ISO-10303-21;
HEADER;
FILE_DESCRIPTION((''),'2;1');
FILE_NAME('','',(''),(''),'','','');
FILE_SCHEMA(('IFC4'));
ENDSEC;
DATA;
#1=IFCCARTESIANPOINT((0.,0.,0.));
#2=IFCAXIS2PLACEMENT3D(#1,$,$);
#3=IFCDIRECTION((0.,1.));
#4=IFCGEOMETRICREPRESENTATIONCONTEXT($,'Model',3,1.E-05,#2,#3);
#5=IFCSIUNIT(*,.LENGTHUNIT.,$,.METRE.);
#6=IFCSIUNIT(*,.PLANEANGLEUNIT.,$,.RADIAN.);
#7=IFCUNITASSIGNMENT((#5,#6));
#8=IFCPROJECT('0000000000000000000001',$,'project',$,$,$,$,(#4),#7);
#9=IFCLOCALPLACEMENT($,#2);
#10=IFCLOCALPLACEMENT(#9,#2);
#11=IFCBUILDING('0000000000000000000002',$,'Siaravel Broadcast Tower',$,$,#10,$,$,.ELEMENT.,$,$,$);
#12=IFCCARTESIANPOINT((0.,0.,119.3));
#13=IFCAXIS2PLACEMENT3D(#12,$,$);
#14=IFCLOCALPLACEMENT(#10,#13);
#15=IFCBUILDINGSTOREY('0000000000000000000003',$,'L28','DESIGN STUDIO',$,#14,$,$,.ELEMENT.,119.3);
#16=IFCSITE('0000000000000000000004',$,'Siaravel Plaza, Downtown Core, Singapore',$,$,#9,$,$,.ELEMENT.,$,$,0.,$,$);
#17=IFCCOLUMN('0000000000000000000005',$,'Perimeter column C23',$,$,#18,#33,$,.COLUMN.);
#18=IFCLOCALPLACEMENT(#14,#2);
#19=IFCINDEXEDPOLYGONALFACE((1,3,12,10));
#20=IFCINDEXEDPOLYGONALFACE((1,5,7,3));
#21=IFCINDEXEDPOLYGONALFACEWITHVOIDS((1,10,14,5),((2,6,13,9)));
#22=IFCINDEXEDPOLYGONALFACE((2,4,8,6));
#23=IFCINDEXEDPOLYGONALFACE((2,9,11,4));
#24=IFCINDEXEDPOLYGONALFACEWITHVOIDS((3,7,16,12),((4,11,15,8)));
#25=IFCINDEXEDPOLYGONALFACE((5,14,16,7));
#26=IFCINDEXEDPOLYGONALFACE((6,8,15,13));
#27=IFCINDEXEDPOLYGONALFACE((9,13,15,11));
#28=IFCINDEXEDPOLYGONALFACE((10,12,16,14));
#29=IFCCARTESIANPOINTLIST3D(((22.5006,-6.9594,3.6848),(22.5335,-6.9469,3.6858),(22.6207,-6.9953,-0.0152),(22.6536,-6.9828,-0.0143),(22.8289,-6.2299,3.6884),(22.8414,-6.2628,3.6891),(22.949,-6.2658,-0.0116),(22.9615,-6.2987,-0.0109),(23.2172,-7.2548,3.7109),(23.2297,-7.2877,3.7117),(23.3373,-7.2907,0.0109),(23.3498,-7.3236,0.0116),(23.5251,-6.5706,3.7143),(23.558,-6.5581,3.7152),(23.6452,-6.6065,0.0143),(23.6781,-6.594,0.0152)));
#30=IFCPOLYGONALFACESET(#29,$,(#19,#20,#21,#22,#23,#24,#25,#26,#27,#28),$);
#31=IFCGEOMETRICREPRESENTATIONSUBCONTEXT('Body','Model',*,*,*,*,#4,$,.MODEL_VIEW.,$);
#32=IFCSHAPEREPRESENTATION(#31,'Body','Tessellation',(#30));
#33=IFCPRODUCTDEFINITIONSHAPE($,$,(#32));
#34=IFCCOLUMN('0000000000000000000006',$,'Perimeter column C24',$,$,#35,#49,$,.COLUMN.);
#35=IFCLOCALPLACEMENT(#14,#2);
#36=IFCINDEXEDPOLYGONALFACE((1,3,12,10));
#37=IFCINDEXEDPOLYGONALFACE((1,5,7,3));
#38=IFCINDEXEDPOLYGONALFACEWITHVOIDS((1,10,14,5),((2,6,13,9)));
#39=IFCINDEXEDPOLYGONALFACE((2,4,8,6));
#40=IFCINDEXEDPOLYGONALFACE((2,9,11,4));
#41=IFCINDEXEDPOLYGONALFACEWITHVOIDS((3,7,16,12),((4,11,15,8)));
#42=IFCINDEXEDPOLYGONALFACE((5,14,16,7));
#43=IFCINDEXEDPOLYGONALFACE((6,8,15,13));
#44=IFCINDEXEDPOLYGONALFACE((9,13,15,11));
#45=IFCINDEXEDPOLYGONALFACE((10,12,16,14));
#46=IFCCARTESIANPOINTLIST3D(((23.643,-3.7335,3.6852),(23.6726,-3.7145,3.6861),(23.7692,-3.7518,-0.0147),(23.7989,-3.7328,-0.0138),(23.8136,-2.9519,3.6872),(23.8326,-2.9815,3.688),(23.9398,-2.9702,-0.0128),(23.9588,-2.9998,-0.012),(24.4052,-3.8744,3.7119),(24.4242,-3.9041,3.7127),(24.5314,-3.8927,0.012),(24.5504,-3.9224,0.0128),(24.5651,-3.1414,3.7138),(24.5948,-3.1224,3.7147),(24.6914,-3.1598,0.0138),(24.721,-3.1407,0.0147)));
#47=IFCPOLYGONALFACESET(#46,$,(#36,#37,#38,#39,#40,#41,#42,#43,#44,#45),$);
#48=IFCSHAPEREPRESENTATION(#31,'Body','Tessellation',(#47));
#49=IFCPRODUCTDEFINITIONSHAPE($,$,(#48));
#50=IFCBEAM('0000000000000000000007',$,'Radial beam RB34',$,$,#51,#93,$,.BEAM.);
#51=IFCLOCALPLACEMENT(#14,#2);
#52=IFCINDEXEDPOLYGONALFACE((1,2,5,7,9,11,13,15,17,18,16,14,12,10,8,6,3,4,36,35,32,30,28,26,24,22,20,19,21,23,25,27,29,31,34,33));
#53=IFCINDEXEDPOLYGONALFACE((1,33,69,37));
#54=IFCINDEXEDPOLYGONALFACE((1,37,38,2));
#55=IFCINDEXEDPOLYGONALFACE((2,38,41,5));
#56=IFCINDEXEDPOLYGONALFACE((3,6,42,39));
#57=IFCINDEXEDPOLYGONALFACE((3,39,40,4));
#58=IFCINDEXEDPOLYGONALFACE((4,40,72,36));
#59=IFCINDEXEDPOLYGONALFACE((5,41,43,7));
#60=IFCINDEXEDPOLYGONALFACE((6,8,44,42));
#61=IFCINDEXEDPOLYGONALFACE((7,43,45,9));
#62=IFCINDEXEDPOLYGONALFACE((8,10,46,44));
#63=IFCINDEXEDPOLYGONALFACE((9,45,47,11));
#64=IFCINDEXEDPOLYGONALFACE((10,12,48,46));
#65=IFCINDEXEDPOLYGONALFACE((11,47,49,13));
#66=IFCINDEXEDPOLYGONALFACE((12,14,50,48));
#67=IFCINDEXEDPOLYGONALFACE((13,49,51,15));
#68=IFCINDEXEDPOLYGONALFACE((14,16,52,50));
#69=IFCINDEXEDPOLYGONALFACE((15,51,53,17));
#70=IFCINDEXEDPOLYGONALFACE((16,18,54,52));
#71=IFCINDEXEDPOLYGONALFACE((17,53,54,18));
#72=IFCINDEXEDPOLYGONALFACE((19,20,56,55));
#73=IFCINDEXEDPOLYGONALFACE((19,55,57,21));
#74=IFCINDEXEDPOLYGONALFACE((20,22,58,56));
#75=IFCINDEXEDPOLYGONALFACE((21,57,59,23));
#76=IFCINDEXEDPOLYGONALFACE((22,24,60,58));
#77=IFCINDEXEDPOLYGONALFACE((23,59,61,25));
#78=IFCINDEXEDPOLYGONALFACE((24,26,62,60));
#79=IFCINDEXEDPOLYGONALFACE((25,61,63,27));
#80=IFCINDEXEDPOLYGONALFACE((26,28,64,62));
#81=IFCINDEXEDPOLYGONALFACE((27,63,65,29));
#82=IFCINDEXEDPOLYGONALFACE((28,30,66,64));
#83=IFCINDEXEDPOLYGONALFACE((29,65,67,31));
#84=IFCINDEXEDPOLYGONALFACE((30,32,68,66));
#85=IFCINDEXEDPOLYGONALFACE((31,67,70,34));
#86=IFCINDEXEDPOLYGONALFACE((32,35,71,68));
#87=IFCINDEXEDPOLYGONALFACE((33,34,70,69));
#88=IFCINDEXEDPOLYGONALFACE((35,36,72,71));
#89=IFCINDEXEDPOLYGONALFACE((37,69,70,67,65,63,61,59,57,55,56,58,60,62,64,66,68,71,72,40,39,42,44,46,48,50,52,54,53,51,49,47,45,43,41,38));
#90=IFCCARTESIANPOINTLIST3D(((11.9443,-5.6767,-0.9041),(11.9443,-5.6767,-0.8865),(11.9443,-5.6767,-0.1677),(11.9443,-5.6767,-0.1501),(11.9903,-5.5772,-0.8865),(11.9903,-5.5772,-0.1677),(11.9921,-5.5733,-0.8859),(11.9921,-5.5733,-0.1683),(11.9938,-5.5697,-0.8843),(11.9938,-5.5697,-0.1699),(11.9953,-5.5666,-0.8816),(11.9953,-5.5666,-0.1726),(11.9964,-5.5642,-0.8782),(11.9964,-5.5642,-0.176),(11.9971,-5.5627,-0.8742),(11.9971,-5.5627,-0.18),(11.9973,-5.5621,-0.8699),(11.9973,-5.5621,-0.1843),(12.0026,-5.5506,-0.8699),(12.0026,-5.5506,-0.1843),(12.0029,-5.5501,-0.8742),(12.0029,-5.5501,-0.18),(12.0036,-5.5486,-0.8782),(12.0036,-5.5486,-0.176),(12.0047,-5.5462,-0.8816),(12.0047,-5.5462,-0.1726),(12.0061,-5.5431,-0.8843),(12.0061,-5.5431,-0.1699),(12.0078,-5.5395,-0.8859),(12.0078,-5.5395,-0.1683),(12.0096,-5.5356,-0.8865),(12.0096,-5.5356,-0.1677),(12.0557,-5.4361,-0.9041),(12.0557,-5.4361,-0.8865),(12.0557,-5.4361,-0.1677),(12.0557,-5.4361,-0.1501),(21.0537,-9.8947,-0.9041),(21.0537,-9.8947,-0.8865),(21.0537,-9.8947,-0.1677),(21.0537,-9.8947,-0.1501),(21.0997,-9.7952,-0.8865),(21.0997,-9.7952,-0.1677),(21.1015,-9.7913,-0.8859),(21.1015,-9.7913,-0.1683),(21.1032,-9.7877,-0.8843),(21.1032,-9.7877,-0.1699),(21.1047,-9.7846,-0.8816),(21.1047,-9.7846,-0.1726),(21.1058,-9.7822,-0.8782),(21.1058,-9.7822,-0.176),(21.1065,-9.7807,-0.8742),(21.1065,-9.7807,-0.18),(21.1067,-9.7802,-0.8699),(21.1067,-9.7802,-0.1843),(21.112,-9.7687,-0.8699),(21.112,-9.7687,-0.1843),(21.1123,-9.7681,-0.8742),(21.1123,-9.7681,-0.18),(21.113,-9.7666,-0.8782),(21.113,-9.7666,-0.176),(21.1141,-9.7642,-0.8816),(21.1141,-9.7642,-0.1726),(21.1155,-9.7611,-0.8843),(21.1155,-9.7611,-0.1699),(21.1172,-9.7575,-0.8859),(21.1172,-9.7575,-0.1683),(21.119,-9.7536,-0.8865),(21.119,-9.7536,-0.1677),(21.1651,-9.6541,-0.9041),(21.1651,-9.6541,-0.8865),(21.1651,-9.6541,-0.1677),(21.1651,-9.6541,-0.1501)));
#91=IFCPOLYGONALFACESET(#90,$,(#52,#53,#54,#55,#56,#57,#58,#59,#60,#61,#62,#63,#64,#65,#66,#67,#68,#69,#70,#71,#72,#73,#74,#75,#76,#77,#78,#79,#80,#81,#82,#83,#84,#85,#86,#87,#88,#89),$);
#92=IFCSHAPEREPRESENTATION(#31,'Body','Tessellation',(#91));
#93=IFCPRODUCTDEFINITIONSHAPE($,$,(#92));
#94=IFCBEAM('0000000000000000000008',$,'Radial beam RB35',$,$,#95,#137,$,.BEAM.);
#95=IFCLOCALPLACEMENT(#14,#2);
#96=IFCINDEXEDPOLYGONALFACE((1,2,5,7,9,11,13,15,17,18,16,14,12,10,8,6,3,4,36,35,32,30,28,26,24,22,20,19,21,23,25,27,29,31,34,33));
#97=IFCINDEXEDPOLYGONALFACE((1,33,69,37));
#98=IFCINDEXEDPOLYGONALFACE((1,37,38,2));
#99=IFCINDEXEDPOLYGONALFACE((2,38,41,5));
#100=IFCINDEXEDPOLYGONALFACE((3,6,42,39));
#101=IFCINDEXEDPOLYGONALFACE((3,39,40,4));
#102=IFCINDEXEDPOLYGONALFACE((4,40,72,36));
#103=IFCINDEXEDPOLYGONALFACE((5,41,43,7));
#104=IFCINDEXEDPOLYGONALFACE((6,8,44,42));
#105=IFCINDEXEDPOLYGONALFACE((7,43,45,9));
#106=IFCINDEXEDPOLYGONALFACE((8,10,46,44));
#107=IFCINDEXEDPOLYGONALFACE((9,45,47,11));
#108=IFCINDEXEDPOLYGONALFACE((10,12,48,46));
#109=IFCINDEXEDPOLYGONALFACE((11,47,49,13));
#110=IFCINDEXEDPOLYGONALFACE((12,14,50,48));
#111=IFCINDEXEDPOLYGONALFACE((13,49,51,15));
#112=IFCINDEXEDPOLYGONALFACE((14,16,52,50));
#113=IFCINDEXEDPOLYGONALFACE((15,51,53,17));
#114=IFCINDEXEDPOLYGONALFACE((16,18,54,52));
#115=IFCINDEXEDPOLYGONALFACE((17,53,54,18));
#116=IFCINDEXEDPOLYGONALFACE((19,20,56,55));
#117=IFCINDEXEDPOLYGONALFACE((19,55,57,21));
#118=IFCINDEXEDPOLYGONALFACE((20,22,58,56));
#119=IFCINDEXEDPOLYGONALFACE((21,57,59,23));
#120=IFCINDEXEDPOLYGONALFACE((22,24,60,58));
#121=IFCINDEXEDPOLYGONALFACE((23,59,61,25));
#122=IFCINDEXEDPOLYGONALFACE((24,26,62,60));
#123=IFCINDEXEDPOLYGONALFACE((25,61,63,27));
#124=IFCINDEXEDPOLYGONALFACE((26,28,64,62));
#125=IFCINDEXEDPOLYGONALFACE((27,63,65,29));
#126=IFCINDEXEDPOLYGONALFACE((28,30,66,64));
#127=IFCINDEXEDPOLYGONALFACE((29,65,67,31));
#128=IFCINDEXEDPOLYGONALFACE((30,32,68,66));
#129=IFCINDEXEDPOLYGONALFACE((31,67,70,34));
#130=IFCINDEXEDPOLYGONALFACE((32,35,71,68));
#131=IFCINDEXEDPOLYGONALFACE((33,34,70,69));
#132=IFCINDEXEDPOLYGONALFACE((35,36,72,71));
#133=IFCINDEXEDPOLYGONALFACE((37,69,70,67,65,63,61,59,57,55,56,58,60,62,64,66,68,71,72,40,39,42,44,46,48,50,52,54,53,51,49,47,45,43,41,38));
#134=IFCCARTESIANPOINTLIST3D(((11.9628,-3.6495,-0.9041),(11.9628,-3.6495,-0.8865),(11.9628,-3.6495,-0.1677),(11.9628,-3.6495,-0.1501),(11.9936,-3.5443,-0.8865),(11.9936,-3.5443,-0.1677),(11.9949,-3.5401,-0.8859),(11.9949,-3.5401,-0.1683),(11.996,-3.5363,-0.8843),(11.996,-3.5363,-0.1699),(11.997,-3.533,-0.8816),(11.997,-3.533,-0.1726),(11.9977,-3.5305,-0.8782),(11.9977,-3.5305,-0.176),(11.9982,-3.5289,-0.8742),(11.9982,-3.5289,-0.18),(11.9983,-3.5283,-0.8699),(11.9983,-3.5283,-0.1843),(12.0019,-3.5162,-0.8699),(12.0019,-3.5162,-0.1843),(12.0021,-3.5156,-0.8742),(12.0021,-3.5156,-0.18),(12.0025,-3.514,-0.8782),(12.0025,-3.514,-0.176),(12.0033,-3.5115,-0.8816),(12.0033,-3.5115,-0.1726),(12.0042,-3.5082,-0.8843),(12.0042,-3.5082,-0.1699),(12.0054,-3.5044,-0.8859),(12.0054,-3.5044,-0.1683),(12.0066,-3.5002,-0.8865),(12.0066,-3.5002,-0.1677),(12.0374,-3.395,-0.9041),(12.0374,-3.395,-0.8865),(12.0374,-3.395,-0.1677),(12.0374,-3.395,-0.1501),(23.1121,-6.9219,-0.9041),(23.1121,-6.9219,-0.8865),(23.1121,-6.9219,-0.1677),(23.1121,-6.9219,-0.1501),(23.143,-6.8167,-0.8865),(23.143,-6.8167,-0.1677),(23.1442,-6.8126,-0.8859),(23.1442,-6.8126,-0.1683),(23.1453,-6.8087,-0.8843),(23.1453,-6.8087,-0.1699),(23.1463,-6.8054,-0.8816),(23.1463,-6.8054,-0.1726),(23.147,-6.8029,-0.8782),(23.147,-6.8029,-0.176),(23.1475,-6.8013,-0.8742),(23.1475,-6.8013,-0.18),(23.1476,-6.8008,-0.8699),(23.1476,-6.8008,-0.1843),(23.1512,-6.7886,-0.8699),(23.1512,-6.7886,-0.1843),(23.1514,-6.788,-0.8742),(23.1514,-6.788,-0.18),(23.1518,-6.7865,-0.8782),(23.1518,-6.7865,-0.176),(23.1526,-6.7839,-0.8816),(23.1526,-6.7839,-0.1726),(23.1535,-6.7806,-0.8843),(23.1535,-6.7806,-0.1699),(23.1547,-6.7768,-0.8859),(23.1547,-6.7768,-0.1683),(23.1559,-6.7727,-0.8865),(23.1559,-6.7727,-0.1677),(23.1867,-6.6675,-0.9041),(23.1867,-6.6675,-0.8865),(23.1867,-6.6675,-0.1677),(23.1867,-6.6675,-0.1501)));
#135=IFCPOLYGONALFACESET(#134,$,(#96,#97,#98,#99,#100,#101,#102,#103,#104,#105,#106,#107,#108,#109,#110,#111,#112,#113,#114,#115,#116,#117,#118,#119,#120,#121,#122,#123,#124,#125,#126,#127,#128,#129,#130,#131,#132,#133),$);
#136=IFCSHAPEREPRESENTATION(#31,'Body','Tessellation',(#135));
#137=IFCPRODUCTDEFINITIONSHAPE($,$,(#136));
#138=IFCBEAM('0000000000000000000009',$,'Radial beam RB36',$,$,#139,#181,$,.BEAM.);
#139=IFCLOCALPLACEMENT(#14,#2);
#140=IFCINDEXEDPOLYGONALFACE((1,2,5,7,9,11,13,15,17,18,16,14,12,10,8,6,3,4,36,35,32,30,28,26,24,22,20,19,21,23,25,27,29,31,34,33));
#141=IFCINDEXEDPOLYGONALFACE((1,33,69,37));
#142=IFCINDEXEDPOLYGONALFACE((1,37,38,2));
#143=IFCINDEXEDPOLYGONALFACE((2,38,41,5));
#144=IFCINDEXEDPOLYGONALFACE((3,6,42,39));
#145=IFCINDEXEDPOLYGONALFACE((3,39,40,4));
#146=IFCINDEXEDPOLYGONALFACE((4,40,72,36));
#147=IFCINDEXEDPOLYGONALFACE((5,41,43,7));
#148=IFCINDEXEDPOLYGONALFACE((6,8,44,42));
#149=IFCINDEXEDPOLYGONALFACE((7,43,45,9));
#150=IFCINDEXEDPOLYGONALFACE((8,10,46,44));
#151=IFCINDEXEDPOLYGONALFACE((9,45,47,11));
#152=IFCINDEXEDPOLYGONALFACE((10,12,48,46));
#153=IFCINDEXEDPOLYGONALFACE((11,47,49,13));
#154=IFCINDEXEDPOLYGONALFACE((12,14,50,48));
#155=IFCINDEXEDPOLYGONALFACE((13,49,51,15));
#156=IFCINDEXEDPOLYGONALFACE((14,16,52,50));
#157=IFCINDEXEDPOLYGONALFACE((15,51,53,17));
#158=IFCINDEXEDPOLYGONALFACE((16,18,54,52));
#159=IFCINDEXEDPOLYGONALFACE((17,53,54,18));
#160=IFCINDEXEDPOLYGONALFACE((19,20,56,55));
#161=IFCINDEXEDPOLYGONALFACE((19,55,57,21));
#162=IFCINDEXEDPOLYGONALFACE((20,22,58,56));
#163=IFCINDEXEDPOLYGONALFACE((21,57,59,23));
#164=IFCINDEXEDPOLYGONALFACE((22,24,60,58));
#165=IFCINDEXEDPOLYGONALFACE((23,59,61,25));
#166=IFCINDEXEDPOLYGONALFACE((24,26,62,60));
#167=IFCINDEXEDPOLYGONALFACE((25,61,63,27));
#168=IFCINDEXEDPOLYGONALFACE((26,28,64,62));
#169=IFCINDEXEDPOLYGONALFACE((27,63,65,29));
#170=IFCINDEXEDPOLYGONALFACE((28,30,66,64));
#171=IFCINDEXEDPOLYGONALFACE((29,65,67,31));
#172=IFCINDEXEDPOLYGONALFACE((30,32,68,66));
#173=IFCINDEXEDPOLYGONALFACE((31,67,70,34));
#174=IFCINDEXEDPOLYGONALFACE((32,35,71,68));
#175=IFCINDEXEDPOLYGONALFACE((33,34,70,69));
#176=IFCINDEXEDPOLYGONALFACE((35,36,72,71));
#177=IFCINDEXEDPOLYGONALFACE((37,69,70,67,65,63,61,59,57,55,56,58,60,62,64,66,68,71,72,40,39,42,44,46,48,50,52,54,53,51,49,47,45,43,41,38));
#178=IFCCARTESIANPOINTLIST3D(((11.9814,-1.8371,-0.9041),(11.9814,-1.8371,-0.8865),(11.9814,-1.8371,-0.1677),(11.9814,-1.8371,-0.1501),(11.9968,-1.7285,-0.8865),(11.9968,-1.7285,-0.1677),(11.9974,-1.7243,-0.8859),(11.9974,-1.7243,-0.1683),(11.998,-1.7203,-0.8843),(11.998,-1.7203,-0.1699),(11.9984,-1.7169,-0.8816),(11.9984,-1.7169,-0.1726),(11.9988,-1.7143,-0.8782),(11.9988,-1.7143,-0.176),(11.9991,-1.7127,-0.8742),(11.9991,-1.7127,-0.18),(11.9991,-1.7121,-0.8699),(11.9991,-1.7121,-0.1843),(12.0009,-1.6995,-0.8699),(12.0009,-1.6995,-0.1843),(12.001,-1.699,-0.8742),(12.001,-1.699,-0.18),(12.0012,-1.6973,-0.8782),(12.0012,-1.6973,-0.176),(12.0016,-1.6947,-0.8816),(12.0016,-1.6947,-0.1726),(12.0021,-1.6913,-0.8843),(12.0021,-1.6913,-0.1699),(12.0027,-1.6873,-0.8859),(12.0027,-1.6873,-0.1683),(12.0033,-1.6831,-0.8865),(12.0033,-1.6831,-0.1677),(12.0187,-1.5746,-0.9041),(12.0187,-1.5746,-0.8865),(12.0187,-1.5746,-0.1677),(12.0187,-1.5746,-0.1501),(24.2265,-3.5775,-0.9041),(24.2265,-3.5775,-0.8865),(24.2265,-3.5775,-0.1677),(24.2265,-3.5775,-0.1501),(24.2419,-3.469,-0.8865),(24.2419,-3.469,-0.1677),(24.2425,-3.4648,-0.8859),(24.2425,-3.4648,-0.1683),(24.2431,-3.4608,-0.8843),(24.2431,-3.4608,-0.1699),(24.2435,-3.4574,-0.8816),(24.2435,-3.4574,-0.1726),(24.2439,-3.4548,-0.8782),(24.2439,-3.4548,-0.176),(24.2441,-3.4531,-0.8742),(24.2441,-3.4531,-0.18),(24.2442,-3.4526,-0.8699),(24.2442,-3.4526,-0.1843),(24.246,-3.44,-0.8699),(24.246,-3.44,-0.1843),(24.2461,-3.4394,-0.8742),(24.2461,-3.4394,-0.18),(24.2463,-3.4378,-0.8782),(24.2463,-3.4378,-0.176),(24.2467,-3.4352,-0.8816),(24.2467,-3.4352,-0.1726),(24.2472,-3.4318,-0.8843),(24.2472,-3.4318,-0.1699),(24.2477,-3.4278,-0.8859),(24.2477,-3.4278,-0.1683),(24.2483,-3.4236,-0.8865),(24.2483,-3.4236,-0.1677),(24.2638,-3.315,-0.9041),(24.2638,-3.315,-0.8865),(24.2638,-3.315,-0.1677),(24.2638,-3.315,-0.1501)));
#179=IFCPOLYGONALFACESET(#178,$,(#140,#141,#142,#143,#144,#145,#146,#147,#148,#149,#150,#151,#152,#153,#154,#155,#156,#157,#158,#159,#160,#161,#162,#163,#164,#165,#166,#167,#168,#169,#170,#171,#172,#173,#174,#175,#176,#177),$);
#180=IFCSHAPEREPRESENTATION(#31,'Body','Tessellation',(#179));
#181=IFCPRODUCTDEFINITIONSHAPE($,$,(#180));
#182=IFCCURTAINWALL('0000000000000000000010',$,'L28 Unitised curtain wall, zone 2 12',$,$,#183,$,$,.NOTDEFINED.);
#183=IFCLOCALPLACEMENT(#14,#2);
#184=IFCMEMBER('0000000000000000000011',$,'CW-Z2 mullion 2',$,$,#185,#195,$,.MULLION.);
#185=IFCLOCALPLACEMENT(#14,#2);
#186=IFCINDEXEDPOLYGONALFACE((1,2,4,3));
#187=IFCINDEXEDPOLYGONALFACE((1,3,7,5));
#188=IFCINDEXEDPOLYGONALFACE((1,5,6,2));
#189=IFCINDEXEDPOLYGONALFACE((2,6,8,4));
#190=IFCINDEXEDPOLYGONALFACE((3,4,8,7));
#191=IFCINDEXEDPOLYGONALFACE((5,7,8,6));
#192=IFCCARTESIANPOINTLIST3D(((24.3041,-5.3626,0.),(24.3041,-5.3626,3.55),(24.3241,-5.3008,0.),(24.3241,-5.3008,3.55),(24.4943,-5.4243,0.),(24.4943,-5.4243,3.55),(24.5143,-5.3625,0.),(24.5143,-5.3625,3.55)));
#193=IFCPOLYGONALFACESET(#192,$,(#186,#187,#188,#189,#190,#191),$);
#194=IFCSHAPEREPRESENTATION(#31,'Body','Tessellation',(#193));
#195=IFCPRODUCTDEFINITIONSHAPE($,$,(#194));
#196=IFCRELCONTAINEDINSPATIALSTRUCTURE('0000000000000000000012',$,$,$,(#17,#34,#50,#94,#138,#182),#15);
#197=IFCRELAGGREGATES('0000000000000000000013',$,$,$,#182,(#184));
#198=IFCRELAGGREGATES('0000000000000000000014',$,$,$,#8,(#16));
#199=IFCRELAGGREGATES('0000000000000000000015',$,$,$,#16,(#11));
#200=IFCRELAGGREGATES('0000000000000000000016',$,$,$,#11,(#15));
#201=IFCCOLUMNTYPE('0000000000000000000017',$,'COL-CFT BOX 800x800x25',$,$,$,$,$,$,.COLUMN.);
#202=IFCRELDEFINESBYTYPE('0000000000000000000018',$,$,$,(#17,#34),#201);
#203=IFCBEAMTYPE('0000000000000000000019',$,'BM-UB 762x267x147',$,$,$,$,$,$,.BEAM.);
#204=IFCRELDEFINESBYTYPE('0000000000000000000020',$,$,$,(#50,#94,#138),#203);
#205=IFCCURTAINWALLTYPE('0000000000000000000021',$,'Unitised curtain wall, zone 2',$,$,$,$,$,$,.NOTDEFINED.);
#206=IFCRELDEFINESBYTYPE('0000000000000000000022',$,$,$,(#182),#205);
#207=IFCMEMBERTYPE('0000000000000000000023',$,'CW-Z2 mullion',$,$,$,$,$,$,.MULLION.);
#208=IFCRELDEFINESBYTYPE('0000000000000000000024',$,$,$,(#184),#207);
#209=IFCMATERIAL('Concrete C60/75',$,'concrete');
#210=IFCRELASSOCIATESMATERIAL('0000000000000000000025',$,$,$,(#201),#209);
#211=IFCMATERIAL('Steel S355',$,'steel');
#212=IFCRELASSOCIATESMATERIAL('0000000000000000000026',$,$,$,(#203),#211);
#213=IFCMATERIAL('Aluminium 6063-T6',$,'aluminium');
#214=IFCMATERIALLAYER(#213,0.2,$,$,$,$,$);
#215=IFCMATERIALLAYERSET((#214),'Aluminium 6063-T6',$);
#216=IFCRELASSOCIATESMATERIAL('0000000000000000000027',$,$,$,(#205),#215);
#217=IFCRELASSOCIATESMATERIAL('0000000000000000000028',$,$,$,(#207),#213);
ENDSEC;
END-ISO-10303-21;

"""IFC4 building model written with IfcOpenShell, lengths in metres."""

from ifc_helpers import new_model, si_unit, direction, frame, origin, origin_2d, place, context, subcontext, project, spatial, rectangle, hollow_rectangle, i_section, extrude, material, layer, layer_set, material_profile, profile_set, type_object, element, aggregate, save


model = new_model("IFC4")

# Units and contexts
model_context = context("Model", 3, precision=1e-05, world=origin(), true_north=direction((0.0, 1.0)))
body_context = subcontext(model_context, "Body", "Model", "MODEL_VIEW")
ifc_project = project(units=[si_unit("LENGTHUNIT", "METRE"), si_unit("PLANEANGLEUNIT", "RADIAN")], contexts=[model_context])

# Site, building, storey
site_placement = place(None, origin())
site = spatial("IfcSite", under=ifc_project, at=site_placement, Name="Siaravel Plaza, Downtown Core, Singapore", CompositionType="ELEMENT", RefElevation=0.0)
building_placement = place(site_placement, origin())
building = spatial("IfcBuilding", under=site, at=building_placement, Name="Siaravel Broadcast Tower", CompositionType="ELEMENT")
storey_placement = place(building_placement, frame((0.0, 0.0, 119.3)))
storey = spatial("IfcBuildingStorey", under=building, at=storey_placement, Name="L28", Description="DESIGN STUDIO", CompositionType="ELEMENT", Elevation=119.3)

# Columns
ifc_material_1 = material(Name="Concrete C60/75", Category="concrete")
ifc_material_profile_1 = material_profile(ifc_material_1, hollow_rectangle(XDim=0.8, YDim=0.8, WallThickness=0.0249, at=origin_2d()))
ifc_profile_set_1 = profile_set([ifc_material_profile_1], Name="Concrete C60/75")
column_type = type_object("IfcColumnType", Name="COL-CFT BOX 800x800x25", PredefinedType="COLUMN", material=ifc_profile_set_1)
for number, where, z_axis, x_axis, name in (
    (1, (23.1494, -6.7947, 0.0), (-0.032446, 0.009694, 0.999426), (-0.410409, -0.91189, -0.004479), "Perimeter column C23"),
    (2, (24.2451, -3.4463, 0.0), (-0.034094, 0.004946, 0.999406), (-0.213197, -0.977006, -0.002438), "Perimeter column C24"),
):
    element("IfcColumn", number, at=place(storey_placement, frame(where, z_axis=z_axis, x_axis=x_axis)), inside=storey, type_object=column_type, Name=name, PredefinedType="COLUMN", context=body_context, shape_type="SweptSolid", body=[
        extrude(hollow_rectangle(XDim=0.8, YDim=0.8, WallThickness=0.0249, at=origin_2d()), origin(), (0.0, 0.0, 1.0), 3.7021),
    ])

# Beams
ifc_material_2 = material(Name="Steel S355", Category="steel")
ifc_material_profile_2 = material_profile(ifc_material_2, i_section(OverallWidth=0.2651, OverallDepth=0.7539, WebThickness=0.0127, FlangeThickness=0.0176, FilletRadius=0.0166, at=origin_2d()))
ifc_profile_set_2 = profile_set([ifc_material_profile_2], Name="Steel S355")
beam_type = type_object("IfcBeamType", Name="BM-UB 762x267x147", PredefinedType="BEAM", material=ifc_profile_set_2)
beam_1_placement = place(storey_placement, frame((21.1094, -9.7744, -0.5271), z_axis=(-0.90744, 0.420182, 0.0), x_axis=(-0.420182, -0.90744, 0.0)))
element("IfcBeam", 3, at=beam_1_placement, inside=storey, type_object=beam_type, Name="Radial beam RB34", PredefinedType="BEAM", context=body_context, shape_type="SweptSolid", body=[
    extrude(i_section(OverallWidth=0.2651, OverallDepth=0.7539, WebThickness=0.0127, FlangeThickness=0.0176, FilletRadius=0.0166, at=origin_2d()), origin(), (0.0, 0.0, 1.0), 10.0386),
])
beam_2_placement = place(storey_placement, frame((23.1494, -6.7947, -0.5271), z_axis=(-0.959523, 0.281629, 0.0), x_axis=(-0.281629, -0.959523, 0.0)))
element("IfcBeam", 4, at=beam_2_placement, inside=storey, type_object=beam_type, Name="Radial beam RB35", PredefinedType="BEAM", context=body_context, shape_type="SweptSolid", body=[
    extrude(i_section(OverallWidth=0.2651, OverallDepth=0.7539, WebThickness=0.0127, FlangeThickness=0.0176, FilletRadius=0.0166, at=origin_2d()), origin(), (0.0, 0.0, 1.0), 11.6196),
])
beam_3_placement = place(storey_placement, frame((24.2451, -3.4463, -0.5271), z_axis=(-0.990049, 0.140722, 0.0), x_axis=(-0.140722, -0.990049, 0.0)))
element("IfcBeam", 5, at=beam_3_placement, inside=storey, type_object=beam_type, Name="Radial beam RB36", PredefinedType="BEAM", context=body_context, shape_type="SweptSolid", body=[
    extrude(i_section(OverallWidth=0.2651, OverallDepth=0.7539, WebThickness=0.0127, FlangeThickness=0.0176, FilletRadius=0.0166, at=origin_2d()), origin(), (0.0, 0.0, 1.0), 12.3682),
])

# Curtain wall, member
ifc_material_3 = material(Name="Aluminium 6063-T6", Category="aluminium")
ifc_layer_1 = layer(ifc_material_3, 0.2)
ifc_layer_set_1 = layer_set([ifc_layer_1], Name="Aluminium 6063-T6")
curtain_wall_type = type_object("IfcCurtainWallType", Name="Unitised curtain wall, zone 2", PredefinedType="NOTDEFINED", material=ifc_layer_set_1)
curtain_wall_placement = place(storey_placement, origin())
curtain_wall = element("IfcCurtainWall", 6, at=curtain_wall_placement, inside=storey, type_object=curtain_wall_type, Name="L28 Unitised curtain wall, zone 2 12", PredefinedType="NOTDEFINED")
ifc_material_profile_3 = material_profile(ifc_material_3, rectangle(XDim=0.2, YDim=0.0649, at=origin_2d()))
ifc_profile_set_3 = profile_set([ifc_material_profile_3], Name="Aluminium 6063-T6")
member_type_1 = type_object("IfcMemberType", Name="CW-Z2 mullion", PredefinedType="MULLION", material=ifc_profile_set_3)
member_1_placement = place(storey_placement, frame((24.4092, -5.3625, 0.0), z_axis=(0.0, 0.0, 1.0), x_axis=(-0.951177, 0.308645, 0.0)))
member_1 = element("IfcMember", 7, at=member_1_placement, type_object=member_type_1, Name="CW-Z2 mullion 2", PredefinedType="MULLION", context=body_context, shape_type="SweptSolid", body=[
    extrude(rectangle(XDim=0.2, YDim=0.0649, at=origin_2d()), origin(), (0.0, 0.0, 1.0), 3.55),
])

aggregate(curtain_wall, [member_1])

save(model, "model.ifc")
